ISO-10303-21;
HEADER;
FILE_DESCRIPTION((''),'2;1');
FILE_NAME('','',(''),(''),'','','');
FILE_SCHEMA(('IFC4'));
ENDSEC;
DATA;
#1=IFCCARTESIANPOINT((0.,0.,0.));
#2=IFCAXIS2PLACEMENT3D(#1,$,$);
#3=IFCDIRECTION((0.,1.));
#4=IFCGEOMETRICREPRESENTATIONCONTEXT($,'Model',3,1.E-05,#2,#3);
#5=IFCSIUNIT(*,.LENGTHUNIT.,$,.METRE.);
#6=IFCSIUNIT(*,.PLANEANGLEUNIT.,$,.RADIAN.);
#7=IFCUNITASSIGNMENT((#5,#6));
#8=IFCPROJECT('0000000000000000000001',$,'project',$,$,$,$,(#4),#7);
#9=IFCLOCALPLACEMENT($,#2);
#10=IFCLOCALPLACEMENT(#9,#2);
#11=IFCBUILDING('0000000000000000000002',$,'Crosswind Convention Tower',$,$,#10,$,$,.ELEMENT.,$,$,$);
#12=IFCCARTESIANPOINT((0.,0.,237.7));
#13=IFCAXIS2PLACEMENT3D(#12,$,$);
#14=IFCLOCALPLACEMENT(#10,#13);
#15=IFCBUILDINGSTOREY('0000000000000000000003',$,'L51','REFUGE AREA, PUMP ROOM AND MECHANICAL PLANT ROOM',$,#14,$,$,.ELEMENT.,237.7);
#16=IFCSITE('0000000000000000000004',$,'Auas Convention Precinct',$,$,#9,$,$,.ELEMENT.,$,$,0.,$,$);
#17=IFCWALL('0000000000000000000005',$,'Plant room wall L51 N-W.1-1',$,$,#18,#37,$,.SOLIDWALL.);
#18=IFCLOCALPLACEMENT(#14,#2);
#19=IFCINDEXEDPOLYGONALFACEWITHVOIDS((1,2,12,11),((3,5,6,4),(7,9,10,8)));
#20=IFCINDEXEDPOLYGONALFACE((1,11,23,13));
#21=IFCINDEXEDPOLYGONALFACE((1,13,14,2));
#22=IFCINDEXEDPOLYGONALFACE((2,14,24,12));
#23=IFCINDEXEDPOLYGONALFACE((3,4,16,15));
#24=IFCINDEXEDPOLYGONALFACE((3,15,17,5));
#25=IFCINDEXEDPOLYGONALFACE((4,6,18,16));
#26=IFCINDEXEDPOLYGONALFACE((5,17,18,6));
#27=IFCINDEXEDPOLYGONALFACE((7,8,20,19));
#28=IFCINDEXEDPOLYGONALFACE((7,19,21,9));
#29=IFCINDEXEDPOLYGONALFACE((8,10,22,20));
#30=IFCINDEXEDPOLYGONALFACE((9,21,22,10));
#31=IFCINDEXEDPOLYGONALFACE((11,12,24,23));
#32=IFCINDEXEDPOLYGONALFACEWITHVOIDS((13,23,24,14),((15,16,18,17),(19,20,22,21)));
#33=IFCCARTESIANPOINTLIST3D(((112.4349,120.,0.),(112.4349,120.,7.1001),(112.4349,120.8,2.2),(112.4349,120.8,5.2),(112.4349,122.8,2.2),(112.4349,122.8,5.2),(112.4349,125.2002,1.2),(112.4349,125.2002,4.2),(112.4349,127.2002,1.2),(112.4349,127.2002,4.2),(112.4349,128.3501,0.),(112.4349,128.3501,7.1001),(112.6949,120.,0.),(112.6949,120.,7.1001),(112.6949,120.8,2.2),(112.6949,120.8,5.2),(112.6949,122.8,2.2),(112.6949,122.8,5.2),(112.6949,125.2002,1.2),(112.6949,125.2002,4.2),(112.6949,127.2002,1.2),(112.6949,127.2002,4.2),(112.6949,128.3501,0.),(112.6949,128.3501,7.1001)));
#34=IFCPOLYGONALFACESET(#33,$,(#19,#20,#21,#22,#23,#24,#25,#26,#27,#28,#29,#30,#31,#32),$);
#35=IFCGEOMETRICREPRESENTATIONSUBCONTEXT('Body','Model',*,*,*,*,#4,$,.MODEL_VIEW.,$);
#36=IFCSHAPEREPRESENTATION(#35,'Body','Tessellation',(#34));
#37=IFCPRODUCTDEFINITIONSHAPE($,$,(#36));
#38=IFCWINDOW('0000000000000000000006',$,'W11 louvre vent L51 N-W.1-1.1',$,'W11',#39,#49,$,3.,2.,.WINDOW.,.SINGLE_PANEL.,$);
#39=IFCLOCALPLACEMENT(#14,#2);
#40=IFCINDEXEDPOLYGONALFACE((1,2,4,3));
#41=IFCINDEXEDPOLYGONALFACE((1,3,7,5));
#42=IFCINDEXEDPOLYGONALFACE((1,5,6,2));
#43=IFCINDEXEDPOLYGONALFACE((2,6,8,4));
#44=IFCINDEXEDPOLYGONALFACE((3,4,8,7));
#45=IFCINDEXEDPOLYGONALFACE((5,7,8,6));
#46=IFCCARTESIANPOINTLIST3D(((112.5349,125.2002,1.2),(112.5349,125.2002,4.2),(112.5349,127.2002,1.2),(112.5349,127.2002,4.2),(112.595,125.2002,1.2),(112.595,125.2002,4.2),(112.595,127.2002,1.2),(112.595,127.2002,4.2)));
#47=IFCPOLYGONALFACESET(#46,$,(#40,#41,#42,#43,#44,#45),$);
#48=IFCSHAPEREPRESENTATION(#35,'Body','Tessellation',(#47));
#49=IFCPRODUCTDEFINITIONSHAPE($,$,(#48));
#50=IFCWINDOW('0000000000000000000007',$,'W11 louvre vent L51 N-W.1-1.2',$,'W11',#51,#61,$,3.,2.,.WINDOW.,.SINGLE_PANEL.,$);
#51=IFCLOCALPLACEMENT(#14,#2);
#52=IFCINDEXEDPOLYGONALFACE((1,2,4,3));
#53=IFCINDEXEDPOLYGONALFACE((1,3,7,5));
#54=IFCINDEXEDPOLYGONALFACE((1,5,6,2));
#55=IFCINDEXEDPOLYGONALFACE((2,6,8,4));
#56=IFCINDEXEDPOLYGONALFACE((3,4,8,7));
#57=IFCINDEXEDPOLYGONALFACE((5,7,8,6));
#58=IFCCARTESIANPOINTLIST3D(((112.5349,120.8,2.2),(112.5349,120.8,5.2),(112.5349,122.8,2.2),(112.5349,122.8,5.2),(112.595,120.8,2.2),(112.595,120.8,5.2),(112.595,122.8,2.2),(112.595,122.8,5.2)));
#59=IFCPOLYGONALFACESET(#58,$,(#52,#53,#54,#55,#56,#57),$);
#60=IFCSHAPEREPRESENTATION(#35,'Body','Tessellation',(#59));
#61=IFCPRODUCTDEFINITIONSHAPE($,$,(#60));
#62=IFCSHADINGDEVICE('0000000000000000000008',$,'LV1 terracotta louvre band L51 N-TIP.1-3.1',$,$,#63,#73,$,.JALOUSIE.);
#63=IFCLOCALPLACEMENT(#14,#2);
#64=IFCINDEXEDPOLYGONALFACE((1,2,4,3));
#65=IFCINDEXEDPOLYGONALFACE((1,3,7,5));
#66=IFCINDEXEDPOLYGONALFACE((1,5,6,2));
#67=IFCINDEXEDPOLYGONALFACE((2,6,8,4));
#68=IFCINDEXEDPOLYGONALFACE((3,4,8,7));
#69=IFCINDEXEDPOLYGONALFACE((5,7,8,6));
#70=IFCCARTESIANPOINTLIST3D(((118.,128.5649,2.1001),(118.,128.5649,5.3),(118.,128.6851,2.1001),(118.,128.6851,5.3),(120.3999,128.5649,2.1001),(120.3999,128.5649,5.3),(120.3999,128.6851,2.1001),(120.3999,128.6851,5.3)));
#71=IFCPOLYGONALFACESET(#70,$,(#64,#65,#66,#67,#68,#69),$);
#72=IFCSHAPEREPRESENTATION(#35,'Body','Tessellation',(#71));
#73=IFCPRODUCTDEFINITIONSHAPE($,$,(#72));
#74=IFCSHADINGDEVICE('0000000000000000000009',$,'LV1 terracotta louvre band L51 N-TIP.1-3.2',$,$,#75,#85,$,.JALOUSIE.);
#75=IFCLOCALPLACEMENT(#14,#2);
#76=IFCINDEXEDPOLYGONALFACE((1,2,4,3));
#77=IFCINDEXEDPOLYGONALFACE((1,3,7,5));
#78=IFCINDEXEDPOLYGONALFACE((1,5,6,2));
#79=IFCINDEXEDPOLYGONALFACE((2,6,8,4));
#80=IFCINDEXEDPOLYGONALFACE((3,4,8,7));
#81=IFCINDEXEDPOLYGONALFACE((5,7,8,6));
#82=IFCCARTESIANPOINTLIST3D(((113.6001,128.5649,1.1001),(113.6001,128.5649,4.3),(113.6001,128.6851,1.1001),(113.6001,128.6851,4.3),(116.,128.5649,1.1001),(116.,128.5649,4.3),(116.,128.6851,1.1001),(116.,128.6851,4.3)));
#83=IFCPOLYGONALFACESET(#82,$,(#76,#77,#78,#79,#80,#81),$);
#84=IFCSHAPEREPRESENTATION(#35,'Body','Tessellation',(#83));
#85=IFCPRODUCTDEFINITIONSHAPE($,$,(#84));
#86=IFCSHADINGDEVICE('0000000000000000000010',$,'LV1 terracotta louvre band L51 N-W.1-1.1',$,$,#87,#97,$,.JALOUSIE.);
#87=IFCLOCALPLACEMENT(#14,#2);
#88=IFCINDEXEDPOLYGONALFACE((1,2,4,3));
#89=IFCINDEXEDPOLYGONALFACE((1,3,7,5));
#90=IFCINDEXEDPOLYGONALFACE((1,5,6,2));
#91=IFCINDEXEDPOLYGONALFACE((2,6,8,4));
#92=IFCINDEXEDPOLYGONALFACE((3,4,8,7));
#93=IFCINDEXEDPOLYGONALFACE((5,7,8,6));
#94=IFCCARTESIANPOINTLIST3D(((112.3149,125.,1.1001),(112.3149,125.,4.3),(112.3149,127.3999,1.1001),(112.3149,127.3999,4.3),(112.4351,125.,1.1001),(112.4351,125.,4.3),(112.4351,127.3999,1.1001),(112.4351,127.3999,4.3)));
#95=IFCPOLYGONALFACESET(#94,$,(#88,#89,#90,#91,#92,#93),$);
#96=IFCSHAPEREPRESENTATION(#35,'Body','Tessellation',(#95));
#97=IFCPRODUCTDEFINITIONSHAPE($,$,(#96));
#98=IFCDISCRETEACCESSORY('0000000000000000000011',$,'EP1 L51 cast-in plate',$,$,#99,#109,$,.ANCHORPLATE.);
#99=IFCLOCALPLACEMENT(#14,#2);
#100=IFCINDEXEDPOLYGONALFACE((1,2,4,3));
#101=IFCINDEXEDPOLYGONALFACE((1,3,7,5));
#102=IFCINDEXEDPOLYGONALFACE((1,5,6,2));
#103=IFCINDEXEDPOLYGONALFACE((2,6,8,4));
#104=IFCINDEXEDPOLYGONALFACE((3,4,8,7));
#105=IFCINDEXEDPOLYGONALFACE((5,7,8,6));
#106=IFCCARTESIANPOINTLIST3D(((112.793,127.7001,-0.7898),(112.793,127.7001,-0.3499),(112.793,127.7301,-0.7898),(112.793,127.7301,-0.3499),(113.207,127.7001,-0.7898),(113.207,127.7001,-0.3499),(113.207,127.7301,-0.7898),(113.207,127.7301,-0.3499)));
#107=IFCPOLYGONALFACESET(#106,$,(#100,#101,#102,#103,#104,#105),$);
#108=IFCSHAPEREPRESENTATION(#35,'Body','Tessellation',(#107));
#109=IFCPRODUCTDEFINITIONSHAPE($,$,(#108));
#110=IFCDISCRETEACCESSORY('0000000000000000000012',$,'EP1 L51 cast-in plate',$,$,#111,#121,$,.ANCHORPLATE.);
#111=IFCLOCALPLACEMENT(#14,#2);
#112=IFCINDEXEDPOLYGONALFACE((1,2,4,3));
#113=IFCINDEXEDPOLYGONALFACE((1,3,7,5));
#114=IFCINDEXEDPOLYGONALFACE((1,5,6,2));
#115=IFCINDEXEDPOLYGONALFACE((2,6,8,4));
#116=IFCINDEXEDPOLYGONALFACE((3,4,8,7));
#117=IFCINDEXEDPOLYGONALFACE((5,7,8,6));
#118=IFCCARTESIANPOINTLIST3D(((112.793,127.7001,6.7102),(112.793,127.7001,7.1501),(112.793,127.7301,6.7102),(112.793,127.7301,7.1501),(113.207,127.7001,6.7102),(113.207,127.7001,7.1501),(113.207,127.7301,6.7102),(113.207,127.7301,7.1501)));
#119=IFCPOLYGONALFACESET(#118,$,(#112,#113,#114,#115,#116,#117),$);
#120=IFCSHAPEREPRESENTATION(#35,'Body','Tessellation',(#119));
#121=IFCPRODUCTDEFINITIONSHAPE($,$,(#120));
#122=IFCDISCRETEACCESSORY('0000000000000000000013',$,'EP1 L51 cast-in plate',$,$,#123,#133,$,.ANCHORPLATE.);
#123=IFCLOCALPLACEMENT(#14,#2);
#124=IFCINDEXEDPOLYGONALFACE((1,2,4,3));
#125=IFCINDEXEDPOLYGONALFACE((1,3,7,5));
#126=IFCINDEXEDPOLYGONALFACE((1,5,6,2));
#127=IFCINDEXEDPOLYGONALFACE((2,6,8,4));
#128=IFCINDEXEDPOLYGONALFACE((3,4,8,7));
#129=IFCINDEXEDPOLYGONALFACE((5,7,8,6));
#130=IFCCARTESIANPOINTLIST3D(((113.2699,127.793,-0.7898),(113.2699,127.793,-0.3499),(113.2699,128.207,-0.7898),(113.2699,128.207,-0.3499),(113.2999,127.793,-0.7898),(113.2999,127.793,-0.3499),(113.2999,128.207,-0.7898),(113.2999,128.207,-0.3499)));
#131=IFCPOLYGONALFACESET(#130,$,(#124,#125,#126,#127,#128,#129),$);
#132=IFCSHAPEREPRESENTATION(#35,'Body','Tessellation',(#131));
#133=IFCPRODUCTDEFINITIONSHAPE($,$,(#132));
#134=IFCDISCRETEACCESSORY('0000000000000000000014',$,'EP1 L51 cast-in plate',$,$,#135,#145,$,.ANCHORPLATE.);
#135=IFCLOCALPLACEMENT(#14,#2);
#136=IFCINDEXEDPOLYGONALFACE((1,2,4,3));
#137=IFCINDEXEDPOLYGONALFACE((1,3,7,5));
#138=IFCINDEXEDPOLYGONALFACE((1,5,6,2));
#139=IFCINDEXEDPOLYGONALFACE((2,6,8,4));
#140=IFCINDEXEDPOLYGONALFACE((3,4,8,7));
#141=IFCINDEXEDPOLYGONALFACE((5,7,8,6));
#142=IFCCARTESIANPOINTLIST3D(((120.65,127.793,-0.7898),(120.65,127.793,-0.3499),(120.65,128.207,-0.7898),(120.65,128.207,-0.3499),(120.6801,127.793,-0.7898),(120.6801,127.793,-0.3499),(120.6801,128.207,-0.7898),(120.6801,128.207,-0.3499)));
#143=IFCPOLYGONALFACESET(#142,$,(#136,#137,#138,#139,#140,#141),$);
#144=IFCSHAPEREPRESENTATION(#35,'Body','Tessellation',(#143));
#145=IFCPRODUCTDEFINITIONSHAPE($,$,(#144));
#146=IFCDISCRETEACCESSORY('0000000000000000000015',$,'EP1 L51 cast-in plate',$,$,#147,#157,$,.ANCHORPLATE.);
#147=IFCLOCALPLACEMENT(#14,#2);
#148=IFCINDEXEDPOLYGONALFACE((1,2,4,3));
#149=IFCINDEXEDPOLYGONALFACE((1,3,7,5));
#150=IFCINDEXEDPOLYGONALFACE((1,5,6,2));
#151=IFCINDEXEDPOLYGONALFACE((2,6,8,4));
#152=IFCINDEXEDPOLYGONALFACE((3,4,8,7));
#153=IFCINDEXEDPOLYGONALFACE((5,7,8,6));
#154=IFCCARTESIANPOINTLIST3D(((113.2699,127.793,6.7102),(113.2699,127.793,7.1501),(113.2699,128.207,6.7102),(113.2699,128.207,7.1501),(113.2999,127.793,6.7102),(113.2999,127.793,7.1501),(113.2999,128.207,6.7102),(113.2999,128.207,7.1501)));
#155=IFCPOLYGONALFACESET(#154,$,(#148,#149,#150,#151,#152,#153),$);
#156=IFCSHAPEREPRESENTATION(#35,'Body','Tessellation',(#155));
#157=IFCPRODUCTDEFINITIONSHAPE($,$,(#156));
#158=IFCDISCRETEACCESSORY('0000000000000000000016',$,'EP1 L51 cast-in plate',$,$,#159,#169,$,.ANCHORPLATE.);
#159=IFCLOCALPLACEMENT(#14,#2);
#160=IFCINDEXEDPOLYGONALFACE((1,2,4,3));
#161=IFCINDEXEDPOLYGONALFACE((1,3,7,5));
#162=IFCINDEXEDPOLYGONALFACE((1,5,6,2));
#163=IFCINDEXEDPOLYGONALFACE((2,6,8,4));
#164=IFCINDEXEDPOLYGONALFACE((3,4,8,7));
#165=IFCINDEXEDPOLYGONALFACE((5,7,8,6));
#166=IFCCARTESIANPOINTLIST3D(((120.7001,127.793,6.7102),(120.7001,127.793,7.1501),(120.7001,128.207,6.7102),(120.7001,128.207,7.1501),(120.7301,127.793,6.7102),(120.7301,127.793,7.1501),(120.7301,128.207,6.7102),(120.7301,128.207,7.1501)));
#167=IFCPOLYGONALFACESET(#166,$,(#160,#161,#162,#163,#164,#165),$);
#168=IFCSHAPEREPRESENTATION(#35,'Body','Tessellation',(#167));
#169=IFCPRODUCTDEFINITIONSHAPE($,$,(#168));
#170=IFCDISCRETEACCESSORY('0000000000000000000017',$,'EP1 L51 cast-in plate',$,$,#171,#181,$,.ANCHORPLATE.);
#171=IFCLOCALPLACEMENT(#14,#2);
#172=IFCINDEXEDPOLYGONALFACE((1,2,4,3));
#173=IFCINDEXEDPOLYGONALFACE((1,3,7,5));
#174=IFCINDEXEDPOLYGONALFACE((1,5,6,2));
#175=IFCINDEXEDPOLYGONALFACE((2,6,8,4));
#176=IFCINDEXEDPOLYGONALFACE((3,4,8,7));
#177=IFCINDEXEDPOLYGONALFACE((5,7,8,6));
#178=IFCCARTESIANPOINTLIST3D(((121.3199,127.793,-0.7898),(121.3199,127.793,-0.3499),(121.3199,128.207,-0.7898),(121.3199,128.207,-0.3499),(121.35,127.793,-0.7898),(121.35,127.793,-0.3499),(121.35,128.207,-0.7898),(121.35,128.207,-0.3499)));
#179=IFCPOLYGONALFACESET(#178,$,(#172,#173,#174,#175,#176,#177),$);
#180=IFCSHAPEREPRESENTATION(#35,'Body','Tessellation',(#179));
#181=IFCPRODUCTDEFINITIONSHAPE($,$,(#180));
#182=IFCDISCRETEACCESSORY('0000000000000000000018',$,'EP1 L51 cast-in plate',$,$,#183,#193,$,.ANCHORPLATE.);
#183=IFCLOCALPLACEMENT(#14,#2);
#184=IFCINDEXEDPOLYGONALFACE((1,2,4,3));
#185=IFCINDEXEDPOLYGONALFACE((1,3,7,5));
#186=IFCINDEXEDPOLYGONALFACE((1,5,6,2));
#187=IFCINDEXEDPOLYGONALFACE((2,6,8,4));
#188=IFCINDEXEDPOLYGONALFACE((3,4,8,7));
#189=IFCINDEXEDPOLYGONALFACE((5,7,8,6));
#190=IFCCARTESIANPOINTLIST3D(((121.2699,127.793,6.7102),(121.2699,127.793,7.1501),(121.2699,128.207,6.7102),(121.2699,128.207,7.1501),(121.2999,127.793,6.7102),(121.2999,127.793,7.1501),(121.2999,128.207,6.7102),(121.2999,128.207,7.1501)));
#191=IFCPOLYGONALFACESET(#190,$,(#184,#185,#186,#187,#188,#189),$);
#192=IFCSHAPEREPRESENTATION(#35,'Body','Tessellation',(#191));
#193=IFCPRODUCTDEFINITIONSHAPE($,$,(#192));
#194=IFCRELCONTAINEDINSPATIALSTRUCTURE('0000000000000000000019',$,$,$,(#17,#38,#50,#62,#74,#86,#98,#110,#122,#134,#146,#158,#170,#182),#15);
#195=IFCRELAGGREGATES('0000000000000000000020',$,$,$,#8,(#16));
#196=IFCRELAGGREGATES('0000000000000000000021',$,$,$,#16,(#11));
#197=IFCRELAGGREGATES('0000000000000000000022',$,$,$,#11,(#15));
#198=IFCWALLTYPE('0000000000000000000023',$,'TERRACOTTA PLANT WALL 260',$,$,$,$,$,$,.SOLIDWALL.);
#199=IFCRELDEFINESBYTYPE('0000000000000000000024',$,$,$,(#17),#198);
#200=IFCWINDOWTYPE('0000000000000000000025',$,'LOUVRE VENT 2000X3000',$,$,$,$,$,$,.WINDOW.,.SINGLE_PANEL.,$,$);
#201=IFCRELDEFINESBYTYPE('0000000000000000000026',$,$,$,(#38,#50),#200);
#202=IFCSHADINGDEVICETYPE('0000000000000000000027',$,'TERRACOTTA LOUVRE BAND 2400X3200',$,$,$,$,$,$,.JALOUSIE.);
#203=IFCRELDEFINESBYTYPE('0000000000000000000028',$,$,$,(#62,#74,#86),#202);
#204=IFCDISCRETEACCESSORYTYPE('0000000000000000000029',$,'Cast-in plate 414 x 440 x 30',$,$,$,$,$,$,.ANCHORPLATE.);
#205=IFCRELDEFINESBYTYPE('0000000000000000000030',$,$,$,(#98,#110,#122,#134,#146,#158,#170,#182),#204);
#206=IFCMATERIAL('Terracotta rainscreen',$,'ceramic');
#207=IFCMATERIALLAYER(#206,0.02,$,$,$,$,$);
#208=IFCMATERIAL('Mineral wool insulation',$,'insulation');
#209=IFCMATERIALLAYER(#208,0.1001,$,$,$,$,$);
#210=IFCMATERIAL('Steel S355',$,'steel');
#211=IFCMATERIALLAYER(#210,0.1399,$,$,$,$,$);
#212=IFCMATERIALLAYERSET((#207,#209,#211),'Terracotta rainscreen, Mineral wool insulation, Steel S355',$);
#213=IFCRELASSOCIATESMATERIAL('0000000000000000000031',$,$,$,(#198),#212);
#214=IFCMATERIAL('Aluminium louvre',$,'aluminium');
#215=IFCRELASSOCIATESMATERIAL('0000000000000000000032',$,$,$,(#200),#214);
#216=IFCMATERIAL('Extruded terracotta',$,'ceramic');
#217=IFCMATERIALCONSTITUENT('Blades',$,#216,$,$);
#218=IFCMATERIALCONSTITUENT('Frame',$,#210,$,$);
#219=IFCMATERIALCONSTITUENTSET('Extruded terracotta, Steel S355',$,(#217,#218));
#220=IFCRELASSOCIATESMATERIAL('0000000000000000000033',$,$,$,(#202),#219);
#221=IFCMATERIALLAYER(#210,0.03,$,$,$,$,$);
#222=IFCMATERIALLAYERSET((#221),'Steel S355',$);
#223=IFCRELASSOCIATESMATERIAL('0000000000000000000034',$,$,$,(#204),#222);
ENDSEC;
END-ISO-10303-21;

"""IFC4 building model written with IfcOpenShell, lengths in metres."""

from ifc_helpers import new_model, si_unit, direction, frame, frame_2d, origin, origin_2d, place, context, subcontext, project, spatial, rectangle, extrude, material, layer, layer_set, constituent, constituent_set, type_object, element, fill, save


model = new_model("IFC4")

# Units and contexts
model_context = context("Model", 3, precision=1e-05, world=origin(), true_north=direction((0.0, 1.0)))
body_context = subcontext(model_context, "Body", "Model", "MODEL_VIEW")
ifc_project = project(units=[si_unit("LENGTHUNIT", "METRE"), si_unit("PLANEANGLEUNIT", "RADIAN")], contexts=[model_context])

# Site, building, storey
site_placement = place(None, origin())
site = spatial("IfcSite", under=ifc_project, at=site_placement, Name="Auas Convention Precinct", CompositionType="ELEMENT", RefElevation=0.0)
building_placement = place(site_placement, origin())
building = spatial("IfcBuilding", under=site, at=building_placement, Name="Crosswind Convention Tower", CompositionType="ELEMENT")
storey_placement = place(building_placement, frame((0.0, 0.0, 237.7)))
storey = spatial("IfcBuildingStorey", under=building, at=storey_placement, Name="L51", Description="REFUGE AREA, PUMP ROOM AND MECHANICAL PLANT ROOM", CompositionType="ELEMENT", Elevation=237.7)

# Shared definitions
ifc_material_1 = material(Name="Steel S355", Category="steel")

# Wall, openings, windows
ifc_material_2 = material(Name="Terracotta rainscreen", Category="ceramic")
ifc_layer_1 = layer(ifc_material_2, 0.02)
ifc_material_3 = material(Name="Mineral wool insulation", Category="insulation")
ifc_layer_2 = layer(ifc_material_3, 0.1001)
ifc_layer_3 = layer(ifc_material_1, 0.1399)
ifc_layer_set_1 = layer_set([ifc_layer_1, ifc_layer_2, ifc_layer_3], Name="Terracotta rainscreen, Mineral wool insulation, Steel S355")
wall_type = type_object("IfcWallType", Name="TERRACOTTA PLANT WALL 260", PredefinedType="SOLIDWALL", material=ifc_layer_set_1)
ifc_material_4 = material(Name="Aluminium louvre", Category="aluminium")
window_type = type_object("IfcWindowType", Name="LOUVRE VENT 2000X3000", PartitioningType="SINGLE_PANEL", PredefinedType="WINDOW", material=ifc_material_4)
wall_1_placement = place(storey_placement, frame((112.5649, 128.3501, 0.0), z_axis=(0.0, 0.0, 1.0), x_axis=(0.0, -1.0, 0.0)))
wall_1 = element("IfcWall", 1, at=wall_1_placement, inside=storey, type_object=wall_type, Name="Plant room wall L51 N-W.1-1", PredefinedType="SOLIDWALL", context=body_context, shape_type="SweptSolid", body=[
    extrude(rectangle(XDim=8.3501, YDim=0.26, at=frame_2d((4.175, 0.0))), origin(), (0.0, 0.0, 1.0), 7.1001),
])
opening_1_placement = place(wall_1_placement, frame((1.1499, 0.0, 1.2)))
opening_1 = element("IfcOpeningElement", 2, at=opening_1_placement, cuts=wall_1, PredefinedType="OPENING", context=body_context, shape_type="SweptSolid", body=[
    extrude(rectangle(XDim=2.0, YDim=3.0, at=frame_2d((1.0, 1.5))), frame((0.0, 0.1399, 0.0), z_axis=(0.0, -1.0, 0.0), x_axis=(1.0, 0.0, 0.0)), (0.0, 0.0, 1.0), 0.28),
])
opening_2_placement = place(wall_1_placement, frame((5.55, 0.0, 2.2)))
opening_2 = element("IfcOpeningElement", 3, at=opening_2_placement, cuts=wall_1, PredefinedType="OPENING", context=body_context, shape_type="SweptSolid", body=[
    extrude(rectangle(XDim=2.0, YDim=3.0, at=frame_2d((1.0, 1.5))), frame((0.0, 0.1399, 0.0), z_axis=(0.0, -1.0, 0.0), x_axis=(1.0, 0.0, 0.0)), (0.0, 0.0, 1.0), 0.28),
])
window_1_placement = place(opening_1_placement, origin())
window_1 = element("IfcWindow", 4, at=window_1_placement, inside=storey, type_object=window_type, Name="W11 louvre vent L51 N-W.1-1.1", ObjectType="W11", OverallHeight=3.0, OverallWidth=2.0, PartitioningType="SINGLE_PANEL", PredefinedType="WINDOW", context=body_context, shape_type="SweptSolid", body=[
    extrude(rectangle(XDim=2.0, YDim=3.0, at=frame_2d((1.0, 1.5))), frame((0.0, 0.03, 0.0), z_axis=(0.0, -1.0, 0.0), x_axis=(1.0, 0.0, 0.0)), (0.0, 0.0, 1.0), 0.0601),
])
fill(opening_1, window_1)
window_2_placement = place(opening_2_placement, origin())
window_2 = element("IfcWindow", 5, at=window_2_placement, inside=storey, type_object=window_type, Name="W11 louvre vent L51 N-W.1-1.2", ObjectType="W11", OverallHeight=3.0, OverallWidth=2.0, PartitioningType="SINGLE_PANEL", PredefinedType="WINDOW", context=body_context, shape_type="SweptSolid", body=[
    extrude(rectangle(XDim=2.0, YDim=3.0, at=frame_2d((1.0, 1.5))), frame((0.0, 0.03, 0.0), z_axis=(0.0, -1.0, 0.0), x_axis=(1.0, 0.0, 0.0)), (0.0, 0.0, 1.0), 0.0601),
])
fill(opening_2, window_2)

# Shading devices
ifc_material_5 = material(Name="Extruded terracotta", Category="ceramic")
ifc_constituent_1 = constituent(ifc_material_5, Name="Blades")
ifc_constituent_2 = constituent(ifc_material_1, Name="Frame")
ifc_constituent_set = constituent_set(constituents=[ifc_constituent_1, ifc_constituent_2], Name="Extruded terracotta, Steel S355")
shading_device_type = type_object("IfcShadingDeviceType", Name="TERRACOTTA LOUVRE BAND 2400X3200", PredefinedType="JALOUSIE", material=ifc_constituent_set)
for number, where, z_axis, x_axis, name in (
    (6, (119.2, 128.625, 2.1001), (0.0, 0.0, 1.0), (-1.0, 0.0, 0.0), "LV1 terracotta louvre band L51 N-TIP.1-3.1"),
    (7, (114.8, 128.625, 1.1001), (0.0, 0.0, 1.0), (-1.0, 0.0, 0.0), "LV1 terracotta louvre band L51 N-TIP.1-3.2"),
    (8, (112.375, 126.2, 1.1001), (0.0, 0.0, 1.0), (0.0, -1.0, 0.0), "LV1 terracotta louvre band L51 N-W.1-1.1"),
):
    element("IfcShadingDevice", number, at=place(storey_placement, frame(where, z_axis=z_axis, x_axis=x_axis)), inside=storey, type_object=shading_device_type, Name=name, PredefinedType="JALOUSIE", context=body_context, shape_type="SweptSolid", body=[
        extrude(rectangle(XDim=2.3999, YDim=0.1201, at=origin_2d()), origin(), (0.0, 0.0, 1.0), 3.2),
    ])

# Discrete accessories
ifc_layer_4 = layer(ifc_material_1, 0.03)
ifc_layer_set_2 = layer_set([ifc_layer_4], Name="Steel S355")
discrete_accessory_type_1 = type_object("IfcDiscreteAccessoryType", Name="Cast-in plate 414 x 440 x 30", PredefinedType="ANCHORPLATE", material=ifc_layer_set_2)
for number, where, z_axis, x_axis, name in (
    (9, (113.0, 127.7151, -0.7898), (0.0, 0.0, 1.0), (1.0, 0.0, 0.0), "EP1 L51 cast-in plate"),
    (10, (113.0, 127.7151, 6.7102), (0.0, 0.0, 1.0), (1.0, 0.0, 0.0), "EP1 L51 cast-in plate"),
):
    element("IfcDiscreteAccessory", number, at=place(storey_placement, frame(where, z_axis=z_axis, x_axis=x_axis)), inside=storey, type_object=discrete_accessory_type_1, Name=name, PredefinedType="ANCHORPLATE", context=body_context, shape_type="SweptSolid", body=[
        extrude(rectangle(XDim=0.4141, YDim=0.03, at=origin_2d()), origin(), (0.0, 0.0, 1.0), 0.4399),
    ])
for number, where, z_axis, x_axis, name in (
    (11, (113.2849, 128.0, -0.7898), (0.0, 0.0, 1.0), (1.0, 0.0, 0.0), "EP1 L51 cast-in plate"),
    (12, (120.665, 128.0, -0.7898), (0.0, 0.0, 1.0), (1.0, 0.0, 0.0), "EP1 L51 cast-in plate"),
    (13, (113.2849, 128.0, 6.7102), (0.0, 0.0, 1.0), (1.0, 0.0, 0.0), "EP1 L51 cast-in plate"),
    (14, (120.7151, 128.0, 6.7102), (0.0, 0.0, 1.0), (1.0, 0.0, 0.0), "EP1 L51 cast-in plate"),
    (15, (121.335, 128.0, -0.7898), (0.0, 0.0, 1.0), (1.0, 0.0, 0.0), "EP1 L51 cast-in plate"),
    (16, (121.2849, 128.0, 6.7102), (0.0, 0.0, 1.0), (1.0, 0.0, 0.0), "EP1 L51 cast-in plate"),
):
    element("IfcDiscreteAccessory", number, at=place(storey_placement, frame(where, z_axis=z_axis, x_axis=x_axis)), inside=storey, type_object=discrete_accessory_type_1, Name=name, PredefinedType="ANCHORPLATE", context=body_context, shape_type="SweptSolid", body=[
        extrude(rectangle(XDim=0.03, YDim=0.4141, at=origin_2d()), origin(), (0.0, 0.0, 1.0), 0.4399),
    ])

save(model, "model.ifc")
